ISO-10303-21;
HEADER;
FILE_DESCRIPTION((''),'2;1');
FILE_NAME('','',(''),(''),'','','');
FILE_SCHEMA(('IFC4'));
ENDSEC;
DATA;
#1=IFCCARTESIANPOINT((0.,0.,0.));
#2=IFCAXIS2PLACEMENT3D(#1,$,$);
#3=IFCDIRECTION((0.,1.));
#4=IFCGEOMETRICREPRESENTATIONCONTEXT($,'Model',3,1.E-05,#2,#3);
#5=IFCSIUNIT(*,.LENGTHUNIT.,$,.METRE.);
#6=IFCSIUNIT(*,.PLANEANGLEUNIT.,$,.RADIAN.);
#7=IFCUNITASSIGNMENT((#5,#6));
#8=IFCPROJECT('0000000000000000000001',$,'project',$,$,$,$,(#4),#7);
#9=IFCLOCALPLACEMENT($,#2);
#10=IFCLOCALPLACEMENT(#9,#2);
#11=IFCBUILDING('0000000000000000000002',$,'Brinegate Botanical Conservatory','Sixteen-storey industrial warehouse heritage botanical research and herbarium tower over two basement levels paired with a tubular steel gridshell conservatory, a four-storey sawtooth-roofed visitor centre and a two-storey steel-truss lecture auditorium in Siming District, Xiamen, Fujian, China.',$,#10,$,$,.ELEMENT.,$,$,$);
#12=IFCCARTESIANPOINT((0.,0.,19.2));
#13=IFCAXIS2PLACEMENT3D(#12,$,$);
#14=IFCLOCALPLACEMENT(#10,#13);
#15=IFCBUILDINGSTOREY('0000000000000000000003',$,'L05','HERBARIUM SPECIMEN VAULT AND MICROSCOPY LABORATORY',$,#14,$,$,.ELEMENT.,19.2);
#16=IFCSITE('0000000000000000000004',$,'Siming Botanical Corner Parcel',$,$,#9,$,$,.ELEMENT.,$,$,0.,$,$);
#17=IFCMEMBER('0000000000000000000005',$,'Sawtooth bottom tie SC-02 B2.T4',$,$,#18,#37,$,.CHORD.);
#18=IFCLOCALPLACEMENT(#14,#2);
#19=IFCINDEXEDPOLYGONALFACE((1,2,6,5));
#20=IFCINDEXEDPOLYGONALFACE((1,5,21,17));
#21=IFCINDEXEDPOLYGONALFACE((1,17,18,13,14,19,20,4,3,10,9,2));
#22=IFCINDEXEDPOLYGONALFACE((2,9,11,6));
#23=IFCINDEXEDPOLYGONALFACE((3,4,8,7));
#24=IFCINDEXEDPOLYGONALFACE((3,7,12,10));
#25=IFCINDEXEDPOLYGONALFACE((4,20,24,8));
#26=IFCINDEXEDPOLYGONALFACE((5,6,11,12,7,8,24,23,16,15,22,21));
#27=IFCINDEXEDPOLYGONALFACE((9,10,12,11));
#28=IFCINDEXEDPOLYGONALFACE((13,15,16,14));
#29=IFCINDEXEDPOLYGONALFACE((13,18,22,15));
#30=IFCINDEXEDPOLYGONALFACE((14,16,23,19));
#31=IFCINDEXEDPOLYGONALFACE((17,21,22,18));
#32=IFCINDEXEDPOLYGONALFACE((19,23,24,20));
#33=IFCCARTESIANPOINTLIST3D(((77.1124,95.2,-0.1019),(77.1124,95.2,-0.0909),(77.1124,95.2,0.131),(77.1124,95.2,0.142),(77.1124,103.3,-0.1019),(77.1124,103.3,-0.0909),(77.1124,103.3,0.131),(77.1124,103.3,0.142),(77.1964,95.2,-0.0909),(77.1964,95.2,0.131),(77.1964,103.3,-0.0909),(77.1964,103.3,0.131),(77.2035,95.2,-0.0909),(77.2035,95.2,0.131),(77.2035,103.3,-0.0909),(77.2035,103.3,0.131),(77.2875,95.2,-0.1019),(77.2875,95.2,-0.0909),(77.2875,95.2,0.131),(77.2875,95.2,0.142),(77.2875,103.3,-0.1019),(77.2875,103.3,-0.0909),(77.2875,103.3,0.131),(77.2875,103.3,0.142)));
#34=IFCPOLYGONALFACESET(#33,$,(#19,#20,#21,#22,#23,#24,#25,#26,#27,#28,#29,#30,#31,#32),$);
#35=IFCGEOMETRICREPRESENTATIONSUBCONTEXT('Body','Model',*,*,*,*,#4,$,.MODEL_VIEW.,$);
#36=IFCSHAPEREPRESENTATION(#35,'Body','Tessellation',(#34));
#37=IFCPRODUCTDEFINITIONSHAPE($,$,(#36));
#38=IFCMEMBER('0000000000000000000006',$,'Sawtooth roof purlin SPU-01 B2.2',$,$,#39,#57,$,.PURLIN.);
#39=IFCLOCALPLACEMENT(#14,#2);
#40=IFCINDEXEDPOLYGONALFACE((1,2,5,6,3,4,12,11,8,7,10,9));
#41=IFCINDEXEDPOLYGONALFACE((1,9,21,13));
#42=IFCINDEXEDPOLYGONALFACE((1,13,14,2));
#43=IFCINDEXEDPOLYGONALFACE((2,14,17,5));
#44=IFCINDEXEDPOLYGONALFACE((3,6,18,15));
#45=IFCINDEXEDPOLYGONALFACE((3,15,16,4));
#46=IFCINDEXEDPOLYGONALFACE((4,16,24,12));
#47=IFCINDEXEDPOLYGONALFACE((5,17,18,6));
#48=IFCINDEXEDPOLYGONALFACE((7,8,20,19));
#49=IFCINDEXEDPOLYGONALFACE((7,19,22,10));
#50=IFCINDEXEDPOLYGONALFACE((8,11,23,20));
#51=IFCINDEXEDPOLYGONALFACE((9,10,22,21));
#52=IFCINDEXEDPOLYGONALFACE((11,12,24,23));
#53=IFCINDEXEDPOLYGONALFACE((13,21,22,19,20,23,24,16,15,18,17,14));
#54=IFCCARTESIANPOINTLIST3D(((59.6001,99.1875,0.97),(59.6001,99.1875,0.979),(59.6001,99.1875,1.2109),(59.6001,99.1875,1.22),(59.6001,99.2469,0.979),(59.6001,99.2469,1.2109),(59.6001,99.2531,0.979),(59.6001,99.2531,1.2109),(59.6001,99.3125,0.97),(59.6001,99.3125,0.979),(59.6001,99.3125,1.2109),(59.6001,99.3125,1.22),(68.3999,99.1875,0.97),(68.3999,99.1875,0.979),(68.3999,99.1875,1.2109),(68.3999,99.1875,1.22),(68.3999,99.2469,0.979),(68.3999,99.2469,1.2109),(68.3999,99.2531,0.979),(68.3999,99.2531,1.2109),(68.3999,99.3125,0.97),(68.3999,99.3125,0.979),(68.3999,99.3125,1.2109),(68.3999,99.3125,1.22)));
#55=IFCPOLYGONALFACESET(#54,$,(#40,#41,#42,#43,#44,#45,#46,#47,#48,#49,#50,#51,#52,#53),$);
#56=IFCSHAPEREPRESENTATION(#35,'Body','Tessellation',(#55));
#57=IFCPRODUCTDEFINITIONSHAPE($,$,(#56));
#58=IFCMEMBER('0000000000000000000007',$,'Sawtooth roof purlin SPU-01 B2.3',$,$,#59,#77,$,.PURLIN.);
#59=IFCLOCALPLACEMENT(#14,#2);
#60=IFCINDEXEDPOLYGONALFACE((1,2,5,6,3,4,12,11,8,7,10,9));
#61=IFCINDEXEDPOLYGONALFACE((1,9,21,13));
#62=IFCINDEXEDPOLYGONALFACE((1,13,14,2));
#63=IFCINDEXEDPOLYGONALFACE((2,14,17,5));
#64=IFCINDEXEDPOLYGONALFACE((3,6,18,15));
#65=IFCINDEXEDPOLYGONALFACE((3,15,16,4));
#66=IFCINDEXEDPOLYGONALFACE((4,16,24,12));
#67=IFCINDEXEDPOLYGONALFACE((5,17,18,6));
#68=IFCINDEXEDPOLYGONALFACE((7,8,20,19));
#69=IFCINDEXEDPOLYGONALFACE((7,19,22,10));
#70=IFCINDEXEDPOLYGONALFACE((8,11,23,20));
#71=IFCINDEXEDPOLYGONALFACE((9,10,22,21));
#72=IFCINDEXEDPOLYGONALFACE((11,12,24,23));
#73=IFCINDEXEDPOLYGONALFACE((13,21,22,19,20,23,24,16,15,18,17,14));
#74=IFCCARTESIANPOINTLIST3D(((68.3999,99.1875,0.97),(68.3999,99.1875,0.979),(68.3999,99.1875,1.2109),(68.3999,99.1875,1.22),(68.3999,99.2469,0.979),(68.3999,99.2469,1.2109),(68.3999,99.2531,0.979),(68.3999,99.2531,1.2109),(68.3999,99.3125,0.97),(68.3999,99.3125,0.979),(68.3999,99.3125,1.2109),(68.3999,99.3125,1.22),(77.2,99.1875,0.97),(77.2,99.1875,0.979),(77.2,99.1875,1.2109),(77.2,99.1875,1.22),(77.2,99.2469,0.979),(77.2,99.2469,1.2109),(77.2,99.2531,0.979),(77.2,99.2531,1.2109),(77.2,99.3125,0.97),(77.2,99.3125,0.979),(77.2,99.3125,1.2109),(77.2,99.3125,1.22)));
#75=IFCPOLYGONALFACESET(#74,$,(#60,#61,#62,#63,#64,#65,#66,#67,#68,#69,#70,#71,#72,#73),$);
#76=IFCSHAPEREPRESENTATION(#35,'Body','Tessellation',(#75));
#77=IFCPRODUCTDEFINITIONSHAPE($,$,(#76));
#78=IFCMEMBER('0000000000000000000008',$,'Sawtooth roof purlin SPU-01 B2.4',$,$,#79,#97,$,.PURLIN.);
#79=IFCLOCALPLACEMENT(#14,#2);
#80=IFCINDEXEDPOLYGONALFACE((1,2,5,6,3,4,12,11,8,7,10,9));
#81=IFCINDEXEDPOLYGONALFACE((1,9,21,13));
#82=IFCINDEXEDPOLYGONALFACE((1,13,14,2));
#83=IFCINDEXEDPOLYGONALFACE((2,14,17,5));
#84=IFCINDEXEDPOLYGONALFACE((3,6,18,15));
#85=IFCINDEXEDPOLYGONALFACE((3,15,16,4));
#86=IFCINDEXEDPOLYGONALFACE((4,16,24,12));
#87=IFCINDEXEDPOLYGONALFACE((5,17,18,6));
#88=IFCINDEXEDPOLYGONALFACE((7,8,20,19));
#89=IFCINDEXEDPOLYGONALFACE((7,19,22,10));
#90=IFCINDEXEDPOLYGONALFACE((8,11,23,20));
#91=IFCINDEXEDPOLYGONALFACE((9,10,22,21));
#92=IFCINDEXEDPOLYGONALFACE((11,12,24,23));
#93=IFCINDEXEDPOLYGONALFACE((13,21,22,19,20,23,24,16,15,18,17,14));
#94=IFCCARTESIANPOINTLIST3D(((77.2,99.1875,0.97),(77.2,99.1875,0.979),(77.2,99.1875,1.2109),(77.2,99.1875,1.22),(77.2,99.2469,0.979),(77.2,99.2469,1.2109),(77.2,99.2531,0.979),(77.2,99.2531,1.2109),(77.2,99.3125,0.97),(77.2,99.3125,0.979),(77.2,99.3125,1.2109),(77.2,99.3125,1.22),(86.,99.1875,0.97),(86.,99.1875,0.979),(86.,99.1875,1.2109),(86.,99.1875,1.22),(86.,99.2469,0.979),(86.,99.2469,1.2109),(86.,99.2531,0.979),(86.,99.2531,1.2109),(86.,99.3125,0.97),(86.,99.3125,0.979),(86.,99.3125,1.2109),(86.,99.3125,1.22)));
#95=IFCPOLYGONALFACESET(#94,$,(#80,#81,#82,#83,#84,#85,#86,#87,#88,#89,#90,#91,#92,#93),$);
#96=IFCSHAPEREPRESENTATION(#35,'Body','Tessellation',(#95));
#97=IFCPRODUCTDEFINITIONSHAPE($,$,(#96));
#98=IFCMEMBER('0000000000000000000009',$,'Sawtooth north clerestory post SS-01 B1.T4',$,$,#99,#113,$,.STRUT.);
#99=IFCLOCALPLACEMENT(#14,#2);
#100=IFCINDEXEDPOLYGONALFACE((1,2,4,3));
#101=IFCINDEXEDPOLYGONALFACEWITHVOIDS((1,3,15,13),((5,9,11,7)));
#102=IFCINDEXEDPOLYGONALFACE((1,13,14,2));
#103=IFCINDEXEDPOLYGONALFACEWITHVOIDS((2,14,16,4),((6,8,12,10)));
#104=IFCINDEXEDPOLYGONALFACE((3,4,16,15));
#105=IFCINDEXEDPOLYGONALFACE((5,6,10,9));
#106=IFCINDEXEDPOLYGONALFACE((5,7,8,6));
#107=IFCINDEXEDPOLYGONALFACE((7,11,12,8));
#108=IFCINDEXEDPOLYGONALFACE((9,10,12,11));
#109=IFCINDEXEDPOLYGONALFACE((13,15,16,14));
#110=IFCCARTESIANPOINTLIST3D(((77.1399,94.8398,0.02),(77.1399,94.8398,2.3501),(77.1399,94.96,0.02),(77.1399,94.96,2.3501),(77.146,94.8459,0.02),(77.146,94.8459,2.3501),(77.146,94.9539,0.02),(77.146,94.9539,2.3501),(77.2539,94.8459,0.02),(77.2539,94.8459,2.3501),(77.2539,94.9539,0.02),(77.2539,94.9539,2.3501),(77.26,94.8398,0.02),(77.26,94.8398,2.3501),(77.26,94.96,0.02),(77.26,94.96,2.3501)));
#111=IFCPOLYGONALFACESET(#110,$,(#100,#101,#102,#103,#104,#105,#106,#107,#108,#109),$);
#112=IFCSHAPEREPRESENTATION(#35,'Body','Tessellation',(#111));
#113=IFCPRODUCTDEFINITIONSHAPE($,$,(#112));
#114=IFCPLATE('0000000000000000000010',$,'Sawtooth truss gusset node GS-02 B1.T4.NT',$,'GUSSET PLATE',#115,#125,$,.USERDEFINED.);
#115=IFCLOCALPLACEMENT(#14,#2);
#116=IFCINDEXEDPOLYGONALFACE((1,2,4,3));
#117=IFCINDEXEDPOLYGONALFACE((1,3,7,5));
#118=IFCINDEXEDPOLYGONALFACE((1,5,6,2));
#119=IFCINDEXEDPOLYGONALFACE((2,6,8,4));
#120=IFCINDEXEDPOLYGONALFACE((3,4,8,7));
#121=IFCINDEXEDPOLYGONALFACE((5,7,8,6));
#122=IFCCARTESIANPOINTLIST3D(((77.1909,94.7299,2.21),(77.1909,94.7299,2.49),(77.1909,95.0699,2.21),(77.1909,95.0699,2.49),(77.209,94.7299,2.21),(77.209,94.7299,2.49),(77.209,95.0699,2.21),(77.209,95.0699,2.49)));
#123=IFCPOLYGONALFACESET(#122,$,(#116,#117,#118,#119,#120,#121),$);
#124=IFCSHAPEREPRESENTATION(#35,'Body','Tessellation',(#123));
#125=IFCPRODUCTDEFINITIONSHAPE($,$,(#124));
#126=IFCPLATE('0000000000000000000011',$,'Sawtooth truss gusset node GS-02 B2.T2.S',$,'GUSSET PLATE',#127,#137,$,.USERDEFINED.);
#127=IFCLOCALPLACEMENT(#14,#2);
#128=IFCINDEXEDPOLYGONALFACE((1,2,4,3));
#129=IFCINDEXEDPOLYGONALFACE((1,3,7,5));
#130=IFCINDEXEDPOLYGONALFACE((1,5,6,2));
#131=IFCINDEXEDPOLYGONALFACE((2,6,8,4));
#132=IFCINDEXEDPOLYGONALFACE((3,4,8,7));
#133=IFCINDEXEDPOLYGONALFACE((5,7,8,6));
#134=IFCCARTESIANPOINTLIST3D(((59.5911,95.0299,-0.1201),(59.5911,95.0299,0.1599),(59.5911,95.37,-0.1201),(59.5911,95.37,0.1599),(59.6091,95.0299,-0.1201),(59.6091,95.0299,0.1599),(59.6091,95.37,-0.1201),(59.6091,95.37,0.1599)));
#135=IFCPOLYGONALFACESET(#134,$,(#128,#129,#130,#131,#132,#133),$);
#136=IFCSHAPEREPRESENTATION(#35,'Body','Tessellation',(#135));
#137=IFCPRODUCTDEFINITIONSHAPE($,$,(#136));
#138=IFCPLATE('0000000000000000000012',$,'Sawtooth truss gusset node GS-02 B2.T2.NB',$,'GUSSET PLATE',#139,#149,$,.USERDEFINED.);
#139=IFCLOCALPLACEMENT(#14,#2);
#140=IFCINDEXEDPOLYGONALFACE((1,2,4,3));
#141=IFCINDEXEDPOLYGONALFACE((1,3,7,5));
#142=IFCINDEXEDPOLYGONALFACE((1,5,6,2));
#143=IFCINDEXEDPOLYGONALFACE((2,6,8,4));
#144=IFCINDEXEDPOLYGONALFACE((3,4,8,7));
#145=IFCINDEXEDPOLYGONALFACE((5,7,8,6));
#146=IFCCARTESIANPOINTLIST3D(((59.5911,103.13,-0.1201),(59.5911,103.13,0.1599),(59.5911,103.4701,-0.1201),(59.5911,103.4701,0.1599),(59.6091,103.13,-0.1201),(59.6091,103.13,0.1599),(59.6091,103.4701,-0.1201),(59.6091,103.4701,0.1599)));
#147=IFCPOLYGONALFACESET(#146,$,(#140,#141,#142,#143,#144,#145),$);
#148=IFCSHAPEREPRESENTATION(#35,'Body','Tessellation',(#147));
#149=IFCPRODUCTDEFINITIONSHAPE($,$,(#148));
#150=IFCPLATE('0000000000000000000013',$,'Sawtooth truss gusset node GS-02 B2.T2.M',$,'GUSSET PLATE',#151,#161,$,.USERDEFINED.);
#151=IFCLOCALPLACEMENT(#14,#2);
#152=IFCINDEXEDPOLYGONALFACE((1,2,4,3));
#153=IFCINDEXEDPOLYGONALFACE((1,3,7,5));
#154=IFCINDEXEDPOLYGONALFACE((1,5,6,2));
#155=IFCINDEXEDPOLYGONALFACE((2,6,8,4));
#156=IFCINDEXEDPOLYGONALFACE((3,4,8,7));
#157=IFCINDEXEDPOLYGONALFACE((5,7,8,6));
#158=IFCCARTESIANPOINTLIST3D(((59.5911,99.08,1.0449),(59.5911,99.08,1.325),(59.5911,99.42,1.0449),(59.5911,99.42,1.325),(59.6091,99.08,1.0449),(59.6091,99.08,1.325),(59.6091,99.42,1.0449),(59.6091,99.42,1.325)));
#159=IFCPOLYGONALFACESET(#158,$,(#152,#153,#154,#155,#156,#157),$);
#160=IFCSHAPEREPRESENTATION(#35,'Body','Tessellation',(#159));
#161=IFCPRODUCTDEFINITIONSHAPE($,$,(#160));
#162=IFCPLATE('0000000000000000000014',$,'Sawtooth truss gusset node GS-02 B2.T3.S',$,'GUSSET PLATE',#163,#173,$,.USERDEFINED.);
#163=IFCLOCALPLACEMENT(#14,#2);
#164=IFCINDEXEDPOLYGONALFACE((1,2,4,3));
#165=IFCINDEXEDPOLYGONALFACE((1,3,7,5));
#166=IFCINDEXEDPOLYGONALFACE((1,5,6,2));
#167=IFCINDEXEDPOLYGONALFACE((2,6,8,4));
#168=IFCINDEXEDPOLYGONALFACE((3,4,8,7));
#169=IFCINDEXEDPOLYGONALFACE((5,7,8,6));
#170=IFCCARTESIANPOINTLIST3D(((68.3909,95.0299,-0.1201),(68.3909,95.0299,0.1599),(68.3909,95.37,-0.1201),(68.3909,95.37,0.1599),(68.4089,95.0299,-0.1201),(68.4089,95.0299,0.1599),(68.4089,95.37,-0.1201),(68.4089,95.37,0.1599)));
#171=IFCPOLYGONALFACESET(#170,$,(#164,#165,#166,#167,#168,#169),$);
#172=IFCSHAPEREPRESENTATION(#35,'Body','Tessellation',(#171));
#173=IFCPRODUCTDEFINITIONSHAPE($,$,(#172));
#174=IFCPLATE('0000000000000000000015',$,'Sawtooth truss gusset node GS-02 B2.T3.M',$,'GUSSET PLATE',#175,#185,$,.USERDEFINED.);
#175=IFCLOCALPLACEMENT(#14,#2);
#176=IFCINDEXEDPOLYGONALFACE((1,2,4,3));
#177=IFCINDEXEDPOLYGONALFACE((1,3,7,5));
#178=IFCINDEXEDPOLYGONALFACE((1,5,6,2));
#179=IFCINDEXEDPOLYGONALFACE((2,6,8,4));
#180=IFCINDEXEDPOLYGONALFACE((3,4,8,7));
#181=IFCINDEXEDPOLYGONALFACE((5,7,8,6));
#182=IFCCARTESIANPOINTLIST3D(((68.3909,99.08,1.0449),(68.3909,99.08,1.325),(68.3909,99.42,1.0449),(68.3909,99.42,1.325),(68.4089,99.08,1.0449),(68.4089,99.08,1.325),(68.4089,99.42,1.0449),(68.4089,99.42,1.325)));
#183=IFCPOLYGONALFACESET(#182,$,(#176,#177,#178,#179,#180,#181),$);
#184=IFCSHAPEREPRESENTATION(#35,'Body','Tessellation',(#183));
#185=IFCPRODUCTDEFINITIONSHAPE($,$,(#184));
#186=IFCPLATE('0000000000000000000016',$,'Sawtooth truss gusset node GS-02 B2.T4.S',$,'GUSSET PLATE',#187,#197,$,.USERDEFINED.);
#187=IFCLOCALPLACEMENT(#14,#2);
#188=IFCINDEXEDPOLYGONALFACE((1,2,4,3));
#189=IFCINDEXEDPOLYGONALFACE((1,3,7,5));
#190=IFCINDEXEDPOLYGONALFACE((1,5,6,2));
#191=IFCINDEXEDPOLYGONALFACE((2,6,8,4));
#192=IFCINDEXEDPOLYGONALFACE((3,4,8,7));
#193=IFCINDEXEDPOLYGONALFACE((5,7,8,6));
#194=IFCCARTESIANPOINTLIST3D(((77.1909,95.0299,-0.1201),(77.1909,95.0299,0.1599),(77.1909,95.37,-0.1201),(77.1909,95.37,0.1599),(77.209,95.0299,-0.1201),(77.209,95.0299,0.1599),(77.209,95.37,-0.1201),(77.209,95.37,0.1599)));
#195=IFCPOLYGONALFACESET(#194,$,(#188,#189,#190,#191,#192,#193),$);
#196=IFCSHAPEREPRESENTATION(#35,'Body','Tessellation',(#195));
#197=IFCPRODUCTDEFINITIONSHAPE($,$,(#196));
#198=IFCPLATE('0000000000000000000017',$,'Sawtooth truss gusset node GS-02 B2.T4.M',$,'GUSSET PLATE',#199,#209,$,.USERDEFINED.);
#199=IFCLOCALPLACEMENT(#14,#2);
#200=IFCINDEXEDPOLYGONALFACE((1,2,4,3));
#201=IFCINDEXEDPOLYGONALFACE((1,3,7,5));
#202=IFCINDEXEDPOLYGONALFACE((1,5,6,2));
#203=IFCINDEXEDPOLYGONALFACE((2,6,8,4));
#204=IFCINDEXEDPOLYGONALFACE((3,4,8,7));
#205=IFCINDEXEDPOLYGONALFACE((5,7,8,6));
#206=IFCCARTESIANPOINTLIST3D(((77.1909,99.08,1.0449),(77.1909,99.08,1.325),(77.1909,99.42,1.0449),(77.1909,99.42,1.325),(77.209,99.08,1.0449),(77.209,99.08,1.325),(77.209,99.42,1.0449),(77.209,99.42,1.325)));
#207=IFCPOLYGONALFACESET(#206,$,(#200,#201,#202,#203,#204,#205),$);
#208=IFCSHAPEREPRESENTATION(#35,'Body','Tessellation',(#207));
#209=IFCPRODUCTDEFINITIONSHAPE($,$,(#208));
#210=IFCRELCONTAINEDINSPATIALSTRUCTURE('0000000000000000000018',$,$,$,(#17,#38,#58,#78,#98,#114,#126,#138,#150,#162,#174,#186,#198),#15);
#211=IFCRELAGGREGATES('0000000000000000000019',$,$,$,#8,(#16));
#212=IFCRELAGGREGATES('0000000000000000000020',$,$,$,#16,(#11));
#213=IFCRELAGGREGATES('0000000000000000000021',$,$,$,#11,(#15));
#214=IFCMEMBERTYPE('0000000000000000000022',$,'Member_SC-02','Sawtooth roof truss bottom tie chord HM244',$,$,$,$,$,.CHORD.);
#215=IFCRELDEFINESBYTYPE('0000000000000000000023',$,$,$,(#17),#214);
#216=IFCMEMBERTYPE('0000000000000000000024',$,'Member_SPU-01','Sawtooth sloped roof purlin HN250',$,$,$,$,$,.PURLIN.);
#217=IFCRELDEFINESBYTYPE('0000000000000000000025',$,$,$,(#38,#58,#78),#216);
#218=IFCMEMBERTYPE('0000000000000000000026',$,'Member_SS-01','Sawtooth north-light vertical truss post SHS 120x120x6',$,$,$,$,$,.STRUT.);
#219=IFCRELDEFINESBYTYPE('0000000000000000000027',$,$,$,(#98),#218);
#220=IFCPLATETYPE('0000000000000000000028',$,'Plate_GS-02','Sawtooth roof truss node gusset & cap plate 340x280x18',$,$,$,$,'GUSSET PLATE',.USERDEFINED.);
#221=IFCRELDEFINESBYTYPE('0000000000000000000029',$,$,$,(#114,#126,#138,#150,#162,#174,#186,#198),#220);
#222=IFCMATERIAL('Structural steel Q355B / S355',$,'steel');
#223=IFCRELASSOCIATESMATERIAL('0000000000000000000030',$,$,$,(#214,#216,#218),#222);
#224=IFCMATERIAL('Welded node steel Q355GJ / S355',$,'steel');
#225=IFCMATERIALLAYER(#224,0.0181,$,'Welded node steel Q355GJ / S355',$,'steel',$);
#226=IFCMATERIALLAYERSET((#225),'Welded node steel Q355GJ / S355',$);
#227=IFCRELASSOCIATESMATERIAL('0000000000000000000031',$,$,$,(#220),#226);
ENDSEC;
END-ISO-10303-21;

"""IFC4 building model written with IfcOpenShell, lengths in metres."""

from ifc_helpers import new_model, si_unit, direction, frame, origin, origin_2d, place, context, subcontext, project, spatial, rectangle, hollow_rectangle, i_section, extrude, material, layer, layer_set, material_profile, profile_set, type_object, element, save


model = new_model("IFC4")

# Units and contexts
model_context = context("Model", 3, precision=1e-05, world=origin(), true_north=direction((0.0, 1.0)))
body_context = subcontext(model_context, "Body", "Model", "MODEL_VIEW")
ifc_project = project(units=[si_unit("LENGTHUNIT", "METRE"), si_unit("PLANEANGLEUNIT", "RADIAN")], contexts=[model_context])

# Site, building, storey
site_placement = place(None, origin())
site = spatial("IfcSite", under=ifc_project, at=site_placement, Name="Siming Botanical Corner Parcel", CompositionType="ELEMENT", RefElevation=0.0)
building_placement = place(site_placement, origin())
building = spatial("IfcBuilding", under=site, at=building_placement, Name="Brinegate Botanical Conservatory", Description="Sixteen-storey industrial warehouse heritage botanical research and herbarium tower over two basement levels paired with a tubular steel gridshell conservatory, a four-storey sawtooth-roofed visitor centre and a two-storey steel-truss lecture auditorium in Siming District, Xiamen, Fujian, China.", CompositionType="ELEMENT")
storey_placement = place(building_placement, frame((0.0, 0.0, 19.2)))
storey = spatial("IfcBuildingStorey", under=building, at=storey_placement, Name="L05", Description="HERBARIUM SPECIMEN VAULT AND MICROSCOPY LABORATORY", CompositionType="ELEMENT", Elevation=19.2)

# Shared definitions
ifc_material_1 = material(Name="Structural steel Q355B / S355", Category="steel")

# Members
ifc_material_profile_1 = material_profile(ifc_material_1, i_section(OverallWidth=0.175, OverallDepth=0.2439, WebThickness=0.0071, FlangeThickness=0.011, at=origin_2d()), Name="HM 244x175x7x11")
ifc_profile_set_1 = profile_set([ifc_material_profile_1], Name="Structural steel Q355B / S355")
member_type_1 = type_object("IfcMemberType", Name="Member_SC-02", Description="Sawtooth roof truss bottom tie chord HM244", PredefinedType="CHORD", material=ifc_profile_set_1)
for number, where, z_axis, x_axis, name in (
    (1, (77.2, 95.2, 0.02), (0.0, 1.0, 0.0), (-1.0, 0.0, 0.0), "Sawtooth bottom tie SC-02 B2.T4"),
):
    element("IfcMember", number, at=place(storey_placement, frame(where, z_axis=z_axis, x_axis=x_axis)), inside=storey, type_object=member_type_1, Name=name, PredefinedType="CHORD", context=body_context, shape_type="SweptSolid", body=[
        extrude(i_section(OverallWidth=0.175, OverallDepth=0.2439, WebThickness=0.0071, FlangeThickness=0.011, at=origin_2d()), origin(), (0.0, 0.0, 1.0), 8.1001),
    ])
ifc_material_profile_2 = material_profile(ifc_material_1, i_section(OverallWidth=0.125, OverallDepth=0.25, WebThickness=0.0061, FlangeThickness=0.009, at=origin_2d()), Name="HN 250x125x6x9")
ifc_profile_set_2 = profile_set([ifc_material_profile_2], Name="Structural steel Q355B / S355")
member_type_2 = type_object("IfcMemberType", Name="Member_SPU-01", Description="Sawtooth sloped roof purlin HN250", PredefinedType="PURLIN", material=ifc_profile_set_2)
member_1_placement = place(storey_placement, frame((59.6001, 99.25, 1.095), z_axis=(1.0, 0.0, 0.0), x_axis=(0.0, 1.0, 0.0)))
element("IfcMember", 2, at=member_1_placement, inside=storey, type_object=member_type_2, Name="Sawtooth roof purlin SPU-01 B2.2", PredefinedType="PURLIN", context=body_context, shape_type="SweptSolid", body=[
    extrude(i_section(OverallWidth=0.125, OverallDepth=0.25, WebThickness=0.0061, FlangeThickness=0.009, at=origin_2d()), origin(), (0.0, 0.0, 1.0), 8.7998),
])
for number, where, z_axis, x_axis, name in (
    (3, (68.3999, 99.25, 1.095), (1.0, 0.0, 0.0), (0.0, 1.0, 0.0), "Sawtooth roof purlin SPU-01 B2.3"),
    (4, (77.2, 99.25, 1.095), (1.0, 0.0, 0.0), (0.0, 1.0, 0.0), "Sawtooth roof purlin SPU-01 B2.4"),
):
    element("IfcMember", number, at=place(storey_placement, frame(where, z_axis=z_axis, x_axis=x_axis)), inside=storey, type_object=member_type_2, Name=name, PredefinedType="PURLIN", context=body_context, shape_type="SweptSolid", body=[
        extrude(i_section(OverallWidth=0.125, OverallDepth=0.25, WebThickness=0.0061, FlangeThickness=0.009, at=origin_2d()), origin(), (0.0, 0.0, 1.0), 8.8),
    ])
ifc_material_profile_3 = material_profile(ifc_material_1, hollow_rectangle(XDim=0.1201, YDim=0.1201, WallThickness=0.0061, at=origin_2d()), Name="SHS 120x120x6")
ifc_profile_set_3 = profile_set([ifc_material_profile_3], Name="Structural steel Q355B / S355")
member_type_3 = type_object("IfcMemberType", Name="Member_SS-01", Description="Sawtooth north-light vertical truss post SHS 120x120x6", PredefinedType="STRUT", material=ifc_profile_set_3)
member_2_placement = place(storey_placement, frame((77.2, 94.8999, 0.02), z_axis=(0.0, 0.0, 1.0), x_axis=(1.0, 0.0, 0.0)))
element("IfcMember", 5, at=member_2_placement, inside=storey, type_object=member_type_3, Name="Sawtooth north clerestory post SS-01 B1.T4", PredefinedType="STRUT", context=body_context, shape_type="SweptSolid", body=[
    extrude(hollow_rectangle(XDim=0.1201, YDim=0.1201, WallThickness=0.0061, at=origin_2d()), origin(), (0.0, 0.0, 1.0), 2.3301),
])

# Plates
ifc_material_2 = material(Name="Welded node steel Q355GJ / S355", Category="steel")
ifc_layer_1 = layer(ifc_material_2, 0.0181, Name="Welded node steel Q355GJ / S355", Category="steel")
ifc_layer_set_1 = layer_set([ifc_layer_1], Name="Welded node steel Q355GJ / S355")
plate_type = type_object("IfcPlateType", Name="Plate_GS-02", Description="Sawtooth roof truss node gusset & cap plate 340x280x18", ElementType="GUSSET PLATE", PredefinedType="USERDEFINED", material=ifc_layer_set_1)
for number, where, z_axis, x_axis, name in (
    (6, (77.2, 94.8999, 2.21), (0.0, 0.0, 1.0), (1.0, 0.0, 0.0), "Sawtooth truss gusset node GS-02 B1.T4.NT"),
    (7, (59.6001, 95.2, -0.1201), (0.0, 0.0, 1.0), (1.0, 0.0, 0.0), "Sawtooth truss gusset node GS-02 B2.T2.S"),
    (8, (59.6001, 103.3, -0.1201), (0.0, 0.0, 1.0), (1.0, 0.0, 0.0), "Sawtooth truss gusset node GS-02 B2.T2.NB"),
    (9, (59.6001, 99.25, 1.0449), (0.0, 0.0, 1.0), (1.0, 0.0, 0.0), "Sawtooth truss gusset node GS-02 B2.T2.M"),
    (10, (68.3999, 95.2, -0.1201), (0.0, 0.0, 1.0), (1.0, 0.0, 0.0), "Sawtooth truss gusset node GS-02 B2.T3.S"),
    (11, (68.3999, 99.25, 1.0449), (0.0, 0.0, 1.0), (1.0, 0.0, 0.0), "Sawtooth truss gusset node GS-02 B2.T3.M"),
    (12, (77.2, 95.2, -0.1201), (0.0, 0.0, 1.0), (1.0, 0.0, 0.0), "Sawtooth truss gusset node GS-02 B2.T4.S"),
    (13, (77.2, 99.25, 1.0449), (0.0, 0.0, 1.0), (1.0, 0.0, 0.0), "Sawtooth truss gusset node GS-02 B2.T4.M"),
):
    element("IfcPlate", number, at=place(storey_placement, frame(where, z_axis=z_axis, x_axis=x_axis)), inside=storey, type_object=plate_type, Name=name, ObjectType="GUSSET PLATE", PredefinedType="USERDEFINED", context=body_context, shape_type="SweptSolid", body=[
        extrude(rectangle(XDim=0.0181, YDim=0.3401, at=origin_2d()), origin(), (0.0, 0.0, 1.0), 0.28),
    ])

save(model, "model.ifc")
